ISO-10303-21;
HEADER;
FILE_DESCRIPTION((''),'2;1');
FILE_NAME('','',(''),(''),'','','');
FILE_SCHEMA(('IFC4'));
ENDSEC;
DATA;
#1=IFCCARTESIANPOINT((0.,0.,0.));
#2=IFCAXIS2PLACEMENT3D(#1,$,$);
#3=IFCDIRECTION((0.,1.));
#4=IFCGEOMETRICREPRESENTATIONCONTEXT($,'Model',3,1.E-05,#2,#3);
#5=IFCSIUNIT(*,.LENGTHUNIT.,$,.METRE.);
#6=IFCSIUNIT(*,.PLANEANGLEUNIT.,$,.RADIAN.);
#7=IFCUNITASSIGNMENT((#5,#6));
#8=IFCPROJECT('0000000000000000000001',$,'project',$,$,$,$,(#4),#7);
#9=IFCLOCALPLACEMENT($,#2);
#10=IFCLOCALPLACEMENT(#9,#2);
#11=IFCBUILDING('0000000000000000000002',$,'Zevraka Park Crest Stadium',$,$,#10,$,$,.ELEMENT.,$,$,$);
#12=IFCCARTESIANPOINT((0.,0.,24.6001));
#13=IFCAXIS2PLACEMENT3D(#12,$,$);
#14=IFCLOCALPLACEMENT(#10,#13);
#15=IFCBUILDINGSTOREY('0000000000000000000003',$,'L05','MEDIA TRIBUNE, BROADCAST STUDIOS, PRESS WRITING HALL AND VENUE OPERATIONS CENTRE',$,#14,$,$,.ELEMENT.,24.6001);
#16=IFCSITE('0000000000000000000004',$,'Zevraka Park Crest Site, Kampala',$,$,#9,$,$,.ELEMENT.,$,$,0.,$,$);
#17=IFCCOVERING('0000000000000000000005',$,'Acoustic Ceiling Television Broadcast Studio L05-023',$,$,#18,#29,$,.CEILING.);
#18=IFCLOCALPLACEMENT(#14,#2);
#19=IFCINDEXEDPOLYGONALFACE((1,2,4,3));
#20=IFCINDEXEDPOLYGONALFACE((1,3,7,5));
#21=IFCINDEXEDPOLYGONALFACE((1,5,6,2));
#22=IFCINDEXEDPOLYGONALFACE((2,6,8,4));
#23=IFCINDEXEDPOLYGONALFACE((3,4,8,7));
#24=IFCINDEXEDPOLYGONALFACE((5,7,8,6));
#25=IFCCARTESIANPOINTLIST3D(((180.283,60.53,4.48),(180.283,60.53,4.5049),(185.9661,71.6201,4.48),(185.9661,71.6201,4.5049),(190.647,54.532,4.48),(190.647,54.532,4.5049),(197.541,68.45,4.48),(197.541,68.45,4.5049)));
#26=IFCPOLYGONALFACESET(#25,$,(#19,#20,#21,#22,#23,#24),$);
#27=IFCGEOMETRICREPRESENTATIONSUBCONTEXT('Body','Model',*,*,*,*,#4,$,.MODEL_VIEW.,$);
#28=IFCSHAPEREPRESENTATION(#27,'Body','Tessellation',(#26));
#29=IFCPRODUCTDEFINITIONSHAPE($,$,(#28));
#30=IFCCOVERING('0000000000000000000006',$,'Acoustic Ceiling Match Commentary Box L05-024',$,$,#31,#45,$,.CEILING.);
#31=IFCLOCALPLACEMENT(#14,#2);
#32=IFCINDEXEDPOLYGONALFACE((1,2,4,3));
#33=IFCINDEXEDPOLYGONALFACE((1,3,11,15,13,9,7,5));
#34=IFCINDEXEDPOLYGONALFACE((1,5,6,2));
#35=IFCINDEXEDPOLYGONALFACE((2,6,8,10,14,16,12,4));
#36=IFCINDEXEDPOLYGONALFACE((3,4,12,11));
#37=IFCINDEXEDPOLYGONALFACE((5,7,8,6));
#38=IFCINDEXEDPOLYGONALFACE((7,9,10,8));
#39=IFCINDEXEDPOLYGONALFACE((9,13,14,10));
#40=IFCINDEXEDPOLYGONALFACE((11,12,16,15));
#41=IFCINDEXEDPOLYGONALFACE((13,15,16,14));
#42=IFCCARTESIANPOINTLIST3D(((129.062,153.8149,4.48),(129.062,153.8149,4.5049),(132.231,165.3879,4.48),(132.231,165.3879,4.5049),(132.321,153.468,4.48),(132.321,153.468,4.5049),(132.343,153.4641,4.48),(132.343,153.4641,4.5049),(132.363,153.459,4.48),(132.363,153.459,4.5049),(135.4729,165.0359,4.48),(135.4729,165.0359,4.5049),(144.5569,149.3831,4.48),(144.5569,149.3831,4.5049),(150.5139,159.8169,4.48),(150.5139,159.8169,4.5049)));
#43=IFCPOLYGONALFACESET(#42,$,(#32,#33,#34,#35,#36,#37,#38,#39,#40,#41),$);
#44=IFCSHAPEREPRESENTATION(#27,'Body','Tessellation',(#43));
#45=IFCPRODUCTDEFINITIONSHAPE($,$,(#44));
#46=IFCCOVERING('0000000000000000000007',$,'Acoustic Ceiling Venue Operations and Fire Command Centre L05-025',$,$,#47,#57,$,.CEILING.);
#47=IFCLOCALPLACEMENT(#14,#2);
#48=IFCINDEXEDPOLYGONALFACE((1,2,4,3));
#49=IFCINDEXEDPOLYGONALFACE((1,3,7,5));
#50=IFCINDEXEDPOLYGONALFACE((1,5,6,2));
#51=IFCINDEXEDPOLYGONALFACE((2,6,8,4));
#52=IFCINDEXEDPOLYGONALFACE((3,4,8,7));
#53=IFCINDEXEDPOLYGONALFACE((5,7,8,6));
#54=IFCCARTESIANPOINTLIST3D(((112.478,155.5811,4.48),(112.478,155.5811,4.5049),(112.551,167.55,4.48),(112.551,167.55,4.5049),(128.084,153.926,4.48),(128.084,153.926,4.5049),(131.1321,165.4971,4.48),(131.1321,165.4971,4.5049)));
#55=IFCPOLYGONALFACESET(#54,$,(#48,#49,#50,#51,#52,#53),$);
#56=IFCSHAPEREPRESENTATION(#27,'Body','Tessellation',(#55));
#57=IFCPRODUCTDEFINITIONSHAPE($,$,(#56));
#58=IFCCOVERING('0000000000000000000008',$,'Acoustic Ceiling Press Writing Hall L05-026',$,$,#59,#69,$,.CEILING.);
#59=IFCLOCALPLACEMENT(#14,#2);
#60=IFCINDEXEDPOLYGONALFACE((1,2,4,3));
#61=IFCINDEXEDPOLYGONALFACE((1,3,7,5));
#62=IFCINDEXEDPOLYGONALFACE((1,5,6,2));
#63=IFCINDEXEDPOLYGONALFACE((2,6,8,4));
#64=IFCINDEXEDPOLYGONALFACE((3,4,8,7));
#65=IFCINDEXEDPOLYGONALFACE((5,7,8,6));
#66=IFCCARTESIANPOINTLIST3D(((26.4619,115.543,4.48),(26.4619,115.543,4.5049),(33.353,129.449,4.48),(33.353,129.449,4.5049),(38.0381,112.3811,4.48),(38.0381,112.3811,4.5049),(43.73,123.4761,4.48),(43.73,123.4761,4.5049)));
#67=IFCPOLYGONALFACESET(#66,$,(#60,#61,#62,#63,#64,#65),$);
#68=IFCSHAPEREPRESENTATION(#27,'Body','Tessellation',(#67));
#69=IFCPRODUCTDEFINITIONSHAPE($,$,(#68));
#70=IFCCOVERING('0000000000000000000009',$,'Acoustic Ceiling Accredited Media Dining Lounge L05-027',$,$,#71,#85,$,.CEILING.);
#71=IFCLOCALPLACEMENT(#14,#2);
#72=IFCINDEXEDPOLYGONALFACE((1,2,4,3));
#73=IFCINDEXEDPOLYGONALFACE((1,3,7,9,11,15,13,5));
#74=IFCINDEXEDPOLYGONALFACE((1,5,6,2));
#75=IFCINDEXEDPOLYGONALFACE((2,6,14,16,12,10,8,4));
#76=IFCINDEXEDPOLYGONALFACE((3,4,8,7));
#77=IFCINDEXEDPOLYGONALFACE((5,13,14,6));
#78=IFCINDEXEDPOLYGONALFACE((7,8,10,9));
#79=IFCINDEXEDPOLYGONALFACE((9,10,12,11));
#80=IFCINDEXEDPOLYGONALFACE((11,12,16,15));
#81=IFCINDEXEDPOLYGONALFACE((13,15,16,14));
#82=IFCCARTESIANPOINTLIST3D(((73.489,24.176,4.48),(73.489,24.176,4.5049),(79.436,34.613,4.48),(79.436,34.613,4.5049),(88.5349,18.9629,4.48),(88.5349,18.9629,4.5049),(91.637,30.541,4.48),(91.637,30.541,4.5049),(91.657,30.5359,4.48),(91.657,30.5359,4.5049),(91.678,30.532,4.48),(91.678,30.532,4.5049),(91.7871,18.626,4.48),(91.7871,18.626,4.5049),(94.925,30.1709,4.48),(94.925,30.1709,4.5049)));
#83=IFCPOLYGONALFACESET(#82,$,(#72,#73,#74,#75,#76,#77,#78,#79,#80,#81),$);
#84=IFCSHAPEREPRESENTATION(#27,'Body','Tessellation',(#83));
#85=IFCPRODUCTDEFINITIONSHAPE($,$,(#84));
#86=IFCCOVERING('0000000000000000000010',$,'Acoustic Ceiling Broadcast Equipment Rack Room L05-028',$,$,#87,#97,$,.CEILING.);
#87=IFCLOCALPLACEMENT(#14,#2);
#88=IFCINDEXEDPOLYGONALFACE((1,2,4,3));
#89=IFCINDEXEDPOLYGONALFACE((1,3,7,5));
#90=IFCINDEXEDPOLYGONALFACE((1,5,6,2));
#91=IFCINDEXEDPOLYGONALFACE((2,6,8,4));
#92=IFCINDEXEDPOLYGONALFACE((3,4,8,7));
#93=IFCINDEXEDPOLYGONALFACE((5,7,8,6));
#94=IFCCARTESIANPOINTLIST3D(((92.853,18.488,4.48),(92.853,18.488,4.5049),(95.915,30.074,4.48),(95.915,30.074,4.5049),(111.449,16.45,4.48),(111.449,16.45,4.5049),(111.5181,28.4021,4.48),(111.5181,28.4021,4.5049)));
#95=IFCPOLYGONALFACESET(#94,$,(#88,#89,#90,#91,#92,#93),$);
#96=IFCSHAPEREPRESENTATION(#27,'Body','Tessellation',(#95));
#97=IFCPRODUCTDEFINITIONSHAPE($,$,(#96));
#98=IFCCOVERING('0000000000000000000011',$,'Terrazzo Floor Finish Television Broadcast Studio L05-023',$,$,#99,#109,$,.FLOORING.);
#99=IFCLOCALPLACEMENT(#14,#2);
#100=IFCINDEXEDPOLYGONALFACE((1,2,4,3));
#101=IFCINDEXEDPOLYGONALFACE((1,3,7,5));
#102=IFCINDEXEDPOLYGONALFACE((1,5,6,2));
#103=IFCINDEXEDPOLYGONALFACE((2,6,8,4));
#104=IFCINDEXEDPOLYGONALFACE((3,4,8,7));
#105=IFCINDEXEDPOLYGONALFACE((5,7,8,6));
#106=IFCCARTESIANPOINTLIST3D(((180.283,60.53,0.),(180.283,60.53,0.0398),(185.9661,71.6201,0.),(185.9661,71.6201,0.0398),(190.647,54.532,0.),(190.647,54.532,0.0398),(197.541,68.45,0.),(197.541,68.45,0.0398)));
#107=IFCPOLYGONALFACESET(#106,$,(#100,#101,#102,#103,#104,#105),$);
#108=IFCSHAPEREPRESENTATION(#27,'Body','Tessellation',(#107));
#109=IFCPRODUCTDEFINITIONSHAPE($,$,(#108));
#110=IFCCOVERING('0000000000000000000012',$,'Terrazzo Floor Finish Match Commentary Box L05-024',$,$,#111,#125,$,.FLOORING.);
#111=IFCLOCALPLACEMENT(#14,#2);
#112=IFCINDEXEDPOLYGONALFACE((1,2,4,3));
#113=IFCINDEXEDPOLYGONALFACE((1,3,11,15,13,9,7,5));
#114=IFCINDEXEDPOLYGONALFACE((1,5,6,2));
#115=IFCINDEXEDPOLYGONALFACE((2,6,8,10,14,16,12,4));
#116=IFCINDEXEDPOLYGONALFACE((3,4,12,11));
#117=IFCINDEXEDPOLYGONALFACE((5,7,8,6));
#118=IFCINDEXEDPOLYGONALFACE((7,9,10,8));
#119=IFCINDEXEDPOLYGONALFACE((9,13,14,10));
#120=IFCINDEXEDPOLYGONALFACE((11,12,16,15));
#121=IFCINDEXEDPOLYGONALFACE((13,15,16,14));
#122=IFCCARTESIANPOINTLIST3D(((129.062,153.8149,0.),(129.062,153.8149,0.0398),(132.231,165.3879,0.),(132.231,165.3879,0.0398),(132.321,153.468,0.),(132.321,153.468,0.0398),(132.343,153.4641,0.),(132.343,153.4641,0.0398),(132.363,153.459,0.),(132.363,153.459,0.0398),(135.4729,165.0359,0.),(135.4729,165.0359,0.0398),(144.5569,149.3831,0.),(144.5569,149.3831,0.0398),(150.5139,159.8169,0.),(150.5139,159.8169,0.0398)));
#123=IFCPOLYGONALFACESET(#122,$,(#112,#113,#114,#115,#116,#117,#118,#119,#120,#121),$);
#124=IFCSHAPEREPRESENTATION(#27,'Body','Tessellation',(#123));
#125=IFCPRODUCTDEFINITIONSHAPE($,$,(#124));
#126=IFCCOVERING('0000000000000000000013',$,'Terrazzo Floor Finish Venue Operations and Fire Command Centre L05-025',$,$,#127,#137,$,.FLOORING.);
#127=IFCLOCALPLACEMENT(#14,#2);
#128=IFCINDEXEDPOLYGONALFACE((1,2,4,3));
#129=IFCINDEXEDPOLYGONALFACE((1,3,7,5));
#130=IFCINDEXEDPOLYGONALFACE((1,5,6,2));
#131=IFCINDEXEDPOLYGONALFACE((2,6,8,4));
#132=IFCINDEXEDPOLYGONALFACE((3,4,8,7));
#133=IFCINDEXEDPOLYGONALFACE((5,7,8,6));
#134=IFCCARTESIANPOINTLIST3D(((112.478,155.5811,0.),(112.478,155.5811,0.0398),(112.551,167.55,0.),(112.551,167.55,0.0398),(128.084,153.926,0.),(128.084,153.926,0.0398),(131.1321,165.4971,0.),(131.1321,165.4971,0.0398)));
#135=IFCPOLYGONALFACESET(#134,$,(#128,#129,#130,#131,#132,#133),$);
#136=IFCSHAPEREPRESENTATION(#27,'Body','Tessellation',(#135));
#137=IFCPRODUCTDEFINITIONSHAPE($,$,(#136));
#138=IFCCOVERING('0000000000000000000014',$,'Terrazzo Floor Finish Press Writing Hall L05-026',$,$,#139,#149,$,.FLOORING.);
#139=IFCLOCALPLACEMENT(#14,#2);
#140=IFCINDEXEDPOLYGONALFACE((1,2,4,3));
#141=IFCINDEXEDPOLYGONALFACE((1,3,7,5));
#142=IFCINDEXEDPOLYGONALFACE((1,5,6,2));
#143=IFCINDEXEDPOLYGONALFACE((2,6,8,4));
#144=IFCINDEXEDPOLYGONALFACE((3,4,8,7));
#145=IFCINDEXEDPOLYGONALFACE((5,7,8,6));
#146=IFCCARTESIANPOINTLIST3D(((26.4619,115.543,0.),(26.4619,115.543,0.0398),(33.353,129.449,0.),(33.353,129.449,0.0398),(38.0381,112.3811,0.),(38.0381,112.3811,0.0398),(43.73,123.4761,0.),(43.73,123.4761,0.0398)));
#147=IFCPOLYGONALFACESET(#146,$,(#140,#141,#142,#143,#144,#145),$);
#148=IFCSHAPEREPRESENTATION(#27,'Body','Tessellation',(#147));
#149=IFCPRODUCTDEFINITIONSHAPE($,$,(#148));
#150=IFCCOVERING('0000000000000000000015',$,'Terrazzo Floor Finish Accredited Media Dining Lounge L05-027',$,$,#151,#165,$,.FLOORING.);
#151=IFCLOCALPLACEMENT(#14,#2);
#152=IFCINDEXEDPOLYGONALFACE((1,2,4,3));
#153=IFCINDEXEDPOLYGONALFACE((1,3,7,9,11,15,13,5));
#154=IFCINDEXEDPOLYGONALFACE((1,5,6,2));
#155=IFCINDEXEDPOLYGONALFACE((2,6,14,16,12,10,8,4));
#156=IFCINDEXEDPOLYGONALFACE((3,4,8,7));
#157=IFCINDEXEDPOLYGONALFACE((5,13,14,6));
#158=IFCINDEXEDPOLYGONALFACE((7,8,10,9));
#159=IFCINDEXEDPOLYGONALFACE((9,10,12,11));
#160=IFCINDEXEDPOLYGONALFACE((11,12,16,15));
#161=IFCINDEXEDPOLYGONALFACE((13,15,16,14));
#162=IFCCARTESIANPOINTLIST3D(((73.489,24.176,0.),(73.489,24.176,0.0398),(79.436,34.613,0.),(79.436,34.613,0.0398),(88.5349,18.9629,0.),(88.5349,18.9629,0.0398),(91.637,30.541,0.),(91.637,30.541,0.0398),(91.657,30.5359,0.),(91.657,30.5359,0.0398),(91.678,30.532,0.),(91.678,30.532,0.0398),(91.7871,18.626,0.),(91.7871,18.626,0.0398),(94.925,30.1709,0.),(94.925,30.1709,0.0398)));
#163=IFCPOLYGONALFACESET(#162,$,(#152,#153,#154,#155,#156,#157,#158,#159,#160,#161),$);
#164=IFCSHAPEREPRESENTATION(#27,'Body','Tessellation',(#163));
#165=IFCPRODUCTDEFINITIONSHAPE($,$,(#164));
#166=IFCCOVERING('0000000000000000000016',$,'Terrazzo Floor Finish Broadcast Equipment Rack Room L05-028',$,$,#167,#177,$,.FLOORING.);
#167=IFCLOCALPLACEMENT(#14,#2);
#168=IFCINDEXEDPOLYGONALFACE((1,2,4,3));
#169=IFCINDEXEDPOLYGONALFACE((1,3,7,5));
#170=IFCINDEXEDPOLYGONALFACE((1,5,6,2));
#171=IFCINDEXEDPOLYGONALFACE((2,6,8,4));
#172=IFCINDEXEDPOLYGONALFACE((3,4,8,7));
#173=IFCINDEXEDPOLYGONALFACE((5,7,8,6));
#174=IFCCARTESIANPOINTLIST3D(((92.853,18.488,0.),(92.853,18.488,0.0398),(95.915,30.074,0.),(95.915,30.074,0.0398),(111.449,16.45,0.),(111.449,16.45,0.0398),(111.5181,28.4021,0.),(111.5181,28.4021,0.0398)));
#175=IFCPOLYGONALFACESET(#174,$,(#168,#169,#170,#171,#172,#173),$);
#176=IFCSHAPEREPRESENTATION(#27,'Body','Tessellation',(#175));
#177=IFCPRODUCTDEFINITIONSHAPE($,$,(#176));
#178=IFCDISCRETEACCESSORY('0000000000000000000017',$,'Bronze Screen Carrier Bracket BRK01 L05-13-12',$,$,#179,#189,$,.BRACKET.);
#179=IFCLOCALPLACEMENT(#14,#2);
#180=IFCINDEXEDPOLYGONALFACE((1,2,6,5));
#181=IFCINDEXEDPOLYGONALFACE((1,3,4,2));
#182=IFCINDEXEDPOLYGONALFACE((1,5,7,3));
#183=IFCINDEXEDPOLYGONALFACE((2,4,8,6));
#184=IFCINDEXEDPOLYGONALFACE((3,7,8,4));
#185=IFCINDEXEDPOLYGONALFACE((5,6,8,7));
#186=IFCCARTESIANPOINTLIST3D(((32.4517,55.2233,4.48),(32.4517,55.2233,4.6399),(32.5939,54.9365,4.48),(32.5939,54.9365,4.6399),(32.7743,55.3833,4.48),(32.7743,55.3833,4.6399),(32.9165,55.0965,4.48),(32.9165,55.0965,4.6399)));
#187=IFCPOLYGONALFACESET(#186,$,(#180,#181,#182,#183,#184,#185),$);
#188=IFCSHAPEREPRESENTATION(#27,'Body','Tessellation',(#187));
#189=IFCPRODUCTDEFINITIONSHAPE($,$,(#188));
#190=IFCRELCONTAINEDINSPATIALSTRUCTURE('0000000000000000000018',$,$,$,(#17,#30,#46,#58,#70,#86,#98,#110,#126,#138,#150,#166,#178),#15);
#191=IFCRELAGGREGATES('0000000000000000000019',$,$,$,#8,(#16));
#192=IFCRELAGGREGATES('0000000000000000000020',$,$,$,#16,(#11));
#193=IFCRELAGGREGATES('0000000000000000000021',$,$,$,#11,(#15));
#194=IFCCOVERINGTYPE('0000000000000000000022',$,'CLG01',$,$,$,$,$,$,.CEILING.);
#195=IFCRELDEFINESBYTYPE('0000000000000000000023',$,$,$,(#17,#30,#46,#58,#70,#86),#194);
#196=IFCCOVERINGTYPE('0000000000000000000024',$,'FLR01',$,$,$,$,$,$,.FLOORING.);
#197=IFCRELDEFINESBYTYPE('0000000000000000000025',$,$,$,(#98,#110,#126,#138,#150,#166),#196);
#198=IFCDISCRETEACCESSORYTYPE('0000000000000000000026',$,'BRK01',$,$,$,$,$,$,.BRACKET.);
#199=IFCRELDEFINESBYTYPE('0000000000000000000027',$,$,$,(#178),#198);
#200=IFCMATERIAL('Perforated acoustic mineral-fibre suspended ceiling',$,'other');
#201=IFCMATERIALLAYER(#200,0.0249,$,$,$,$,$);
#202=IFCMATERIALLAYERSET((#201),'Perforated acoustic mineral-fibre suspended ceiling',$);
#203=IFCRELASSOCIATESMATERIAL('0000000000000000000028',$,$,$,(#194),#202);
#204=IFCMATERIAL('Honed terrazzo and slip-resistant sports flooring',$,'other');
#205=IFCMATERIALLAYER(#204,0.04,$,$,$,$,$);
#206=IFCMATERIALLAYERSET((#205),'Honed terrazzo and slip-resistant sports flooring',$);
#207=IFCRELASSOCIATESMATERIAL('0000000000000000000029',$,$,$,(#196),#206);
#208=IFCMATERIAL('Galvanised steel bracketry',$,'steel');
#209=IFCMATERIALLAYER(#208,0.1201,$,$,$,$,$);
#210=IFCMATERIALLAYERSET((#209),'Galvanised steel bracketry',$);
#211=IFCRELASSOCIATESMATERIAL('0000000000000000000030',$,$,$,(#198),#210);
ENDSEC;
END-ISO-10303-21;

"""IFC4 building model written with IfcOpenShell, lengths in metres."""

from ifc_helpers import new_model, si_unit, direction, frame, origin, origin_2d, place, context, subcontext, project, spatial, polyline, rectangle, outline, extrude, material, layer, layer_set, type_object, element, save


model = new_model("IFC4")

# Units and contexts
model_context = context("Model", 3, precision=1e-05, world=origin(), true_north=direction((0.0, 1.0)))
body_context = subcontext(model_context, "Body", "Model", "MODEL_VIEW")
ifc_project = project(units=[si_unit("LENGTHUNIT", "METRE"), si_unit("PLANEANGLEUNIT", "RADIAN")], contexts=[model_context])

# Site, building, storey
site_placement = place(None, origin())
site = spatial("IfcSite", under=ifc_project, at=site_placement, Name="Zevraka Park Crest Site, Kampala", CompositionType="ELEMENT", RefElevation=0.0)
building_placement = place(site_placement, origin())
building = spatial("IfcBuilding", under=site, at=building_placement, Name="Zevraka Park Crest Stadium", CompositionType="ELEMENT")
storey_placement = place(building_placement, frame((0.0, 0.0, 24.6001)))
storey = spatial("IfcBuildingStorey", under=building, at=storey_placement, Name="L05", Description="MEDIA TRIBUNE, BROADCAST STUDIOS, PRESS WRITING HALL AND VENUE OPERATIONS CENTRE", CompositionType="ELEMENT", Elevation=24.6001)

# Coverings
ifc_material_1 = material(Name="Perforated acoustic mineral-fibre suspended ceiling", Category="other")
ifc_layer_1 = layer(ifc_material_1, 0.0249)
ifc_layer_set_1 = layer_set([ifc_layer_1], Name="Perforated acoustic mineral-fibre suspended ceiling")
covering_type_1 = type_object("IfcCoveringType", Name="CLG01", PredefinedType="CEILING", material=ifc_layer_set_1)
covering_1_placement = place(storey_placement, frame((0.0, 0.0, 4.48)))
element("IfcCovering", 1, at=covering_1_placement, inside=storey, type_object=covering_type_1, Name="Acoustic Ceiling Television Broadcast Studio L05-023", PredefinedType="CEILING", context=body_context, shape_type="SweptSolid", body=[
    extrude(outline(polyline([(190.647, 54.532), (180.283, 60.53), (185.9661, 71.6201), (197.541, 68.45), (190.647, 54.532)])), origin(), (0.0, 0.0, 1.0), 0.0249),
])
covering_2_placement = place(storey_placement, frame((0.0, 0.0, 4.48)))
element("IfcCovering", 2, at=covering_2_placement, inside=storey, type_object=covering_type_1, Name="Acoustic Ceiling Match Commentary Box L05-024", PredefinedType="CEILING", context=body_context, shape_type="SweptSolid", body=[
    extrude(outline(polyline([(129.062, 153.8149), (132.231, 165.3879), (135.4729, 165.0359), (150.5139, 159.8169), (144.5569, 149.3831), (132.363, 153.459), (132.343, 153.4641), (132.321, 153.468), (129.062, 153.8149)])), origin(), (0.0, 0.0, 1.0), 0.0249),
])
covering_3_placement = place(storey_placement, frame((0.0, 0.0, 4.48)))
element("IfcCovering", 3, at=covering_3_placement, inside=storey, type_object=covering_type_1, Name="Acoustic Ceiling Venue Operations and Fire Command Centre L05-025", PredefinedType="CEILING", context=body_context, shape_type="SweptSolid", body=[
    extrude(outline(polyline([(112.478, 155.5811), (112.551, 167.55), (131.1321, 165.4971), (128.084, 153.926), (112.478, 155.5811)])), origin(), (0.0, 0.0, 1.0), 0.0249),
])
covering_4_placement = place(storey_placement, frame((0.0, 0.0, 4.48)))
element("IfcCovering", 4, at=covering_4_placement, inside=storey, type_object=covering_type_1, Name="Acoustic Ceiling Press Writing Hall L05-026", PredefinedType="CEILING", context=body_context, shape_type="SweptSolid", body=[
    extrude(outline(polyline([(43.73, 123.4761), (38.0381, 112.3811), (26.4619, 115.543), (33.353, 129.449), (43.73, 123.4761)])), origin(), (0.0, 0.0, 1.0), 0.0249),
])
covering_5_placement = place(storey_placement, frame((0.0, 0.0, 4.48)))
element("IfcCovering", 5, at=covering_5_placement, inside=storey, type_object=covering_type_1, Name="Acoustic Ceiling Accredited Media Dining Lounge L05-027", PredefinedType="CEILING", context=body_context, shape_type="SweptSolid", body=[
    extrude(outline(polyline([(88.5349, 18.9629), (73.489, 24.176), (79.436, 34.613), (91.637, 30.541), (91.657, 30.5359), (91.678, 30.532), (94.925, 30.1709), (91.7871, 18.626), (88.5349, 18.9629)])), origin(), (0.0, 0.0, 1.0), 0.0249),
])
covering_6_placement = place(storey_placement, frame((0.0, 0.0, 4.48)))
element("IfcCovering", 6, at=covering_6_placement, inside=storey, type_object=covering_type_1, Name="Acoustic Ceiling Broadcast Equipment Rack Room L05-028", PredefinedType="CEILING", context=body_context, shape_type="SweptSolid", body=[
    extrude(outline(polyline([(92.853, 18.488), (95.915, 30.074), (111.5181, 28.4021), (111.449, 16.45), (92.853, 18.488)])), origin(), (0.0, 0.0, 1.0), 0.0249),
])
ifc_material_2 = material(Name="Honed terrazzo and slip-resistant sports flooring", Category="other")
ifc_layer_2 = layer(ifc_material_2, 0.04)
ifc_layer_set_2 = layer_set([ifc_layer_2], Name="Honed terrazzo and slip-resistant sports flooring")
covering_type_2 = type_object("IfcCoveringType", Name="FLR01", PredefinedType="FLOORING", material=ifc_layer_set_2)
covering_7_placement = place(storey_placement, origin())
element("IfcCovering", 7, at=covering_7_placement, inside=storey, type_object=covering_type_2, Name="Terrazzo Floor Finish Television Broadcast Studio L05-023", PredefinedType="FLOORING", context=body_context, shape_type="SweptSolid", body=[
    extrude(outline(polyline([(190.647, 54.532), (180.283, 60.53), (185.9661, 71.6201), (197.541, 68.45), (190.647, 54.532)])), origin(), (0.0, 0.0, 1.0), 0.0398),
])
covering_8_placement = place(storey_placement, origin())
element("IfcCovering", 8, at=covering_8_placement, inside=storey, type_object=covering_type_2, Name="Terrazzo Floor Finish Match Commentary Box L05-024", PredefinedType="FLOORING", context=body_context, shape_type="SweptSolid", body=[
    extrude(outline(polyline([(129.062, 153.8149), (132.231, 165.3879), (135.4729, 165.0359), (150.5139, 159.8169), (144.5569, 149.3831), (132.363, 153.459), (132.343, 153.4641), (132.321, 153.468), (129.062, 153.8149)])), origin(), (0.0, 0.0, 1.0), 0.0398),
])
covering_9_placement = place(storey_placement, origin())
element("IfcCovering", 9, at=covering_9_placement, inside=storey, type_object=covering_type_2, Name="Terrazzo Floor Finish Venue Operations and Fire Command Centre L05-025", PredefinedType="FLOORING", context=body_context, shape_type="SweptSolid", body=[
    extrude(outline(polyline([(112.478, 155.5811), (112.551, 167.55), (131.1321, 165.4971), (128.084, 153.926), (112.478, 155.5811)])), origin(), (0.0, 0.0, 1.0), 0.0398),
])
covering_10_placement = place(storey_placement, origin())
element("IfcCovering", 10, at=covering_10_placement, inside=storey, type_object=covering_type_2, Name="Terrazzo Floor Finish Press Writing Hall L05-026", PredefinedType="FLOORING", context=body_context, shape_type="SweptSolid", body=[
    extrude(outline(polyline([(43.73, 123.4761), (38.0381, 112.3811), (26.4619, 115.543), (33.353, 129.449), (43.73, 123.4761)])), origin(), (0.0, 0.0, 1.0), 0.0398),
])
covering_11_placement = place(storey_placement, origin())
element("IfcCovering", 11, at=covering_11_placement, inside=storey, type_object=covering_type_2, Name="Terrazzo Floor Finish Accredited Media Dining Lounge L05-027", PredefinedType="FLOORING", context=body_context, shape_type="SweptSolid", body=[
    extrude(outline(polyline([(88.5349, 18.9629), (73.489, 24.176), (79.436, 34.613), (91.637, 30.541), (91.657, 30.5359), (91.678, 30.532), (94.925, 30.1709), (91.7871, 18.626), (88.5349, 18.9629)])), origin(), (0.0, 0.0, 1.0), 0.0398),
])
covering_12_placement = place(storey_placement, origin())
element("IfcCovering", 12, at=covering_12_placement, inside=storey, type_object=covering_type_2, Name="Terrazzo Floor Finish Broadcast Equipment Rack Room L05-028", PredefinedType="FLOORING", context=body_context, shape_type="SweptSolid", body=[
    extrude(outline(polyline([(92.853, 18.488), (95.915, 30.074), (111.5181, 28.4021), (111.449, 16.45), (92.853, 18.488)])), origin(), (0.0, 0.0, 1.0), 0.0398),
])

# Discrete accessory
ifc_material_3 = material(Name="Galvanised steel bracketry", Category="steel")
ifc_layer_3 = layer(ifc_material_3, 0.1201)
ifc_layer_set_3 = layer_set([ifc_layer_3], Name="Galvanised steel bracketry")
discrete_accessory_type = type_object("IfcDiscreteAccessoryType", Name="BRK01", PredefinedType="BRACKET", material=ifc_layer_set_3)
discrete_accessory_placement = place(storey_placement, frame((32.6841, 55.1599, 4.48), z_axis=(0.0, 0.0, 1.0), x_axis=(0.444322, -0.895867, 0.0)))
element("IfcDiscreteAccessory", 13, at=discrete_accessory_placement, inside=storey, type_object=discrete_accessory_type, Name="Bronze Screen Carrier Bracket BRK01 L05-13-12", PredefinedType="BRACKET", context=body_context, shape_type="SweptSolid", body=[
    extrude(rectangle(XDim=0.3201, YDim=0.3601, at=origin_2d()), origin(), (0.0, 0.0, 1.0), 0.1599),
])

save(model, "model.ifc")
